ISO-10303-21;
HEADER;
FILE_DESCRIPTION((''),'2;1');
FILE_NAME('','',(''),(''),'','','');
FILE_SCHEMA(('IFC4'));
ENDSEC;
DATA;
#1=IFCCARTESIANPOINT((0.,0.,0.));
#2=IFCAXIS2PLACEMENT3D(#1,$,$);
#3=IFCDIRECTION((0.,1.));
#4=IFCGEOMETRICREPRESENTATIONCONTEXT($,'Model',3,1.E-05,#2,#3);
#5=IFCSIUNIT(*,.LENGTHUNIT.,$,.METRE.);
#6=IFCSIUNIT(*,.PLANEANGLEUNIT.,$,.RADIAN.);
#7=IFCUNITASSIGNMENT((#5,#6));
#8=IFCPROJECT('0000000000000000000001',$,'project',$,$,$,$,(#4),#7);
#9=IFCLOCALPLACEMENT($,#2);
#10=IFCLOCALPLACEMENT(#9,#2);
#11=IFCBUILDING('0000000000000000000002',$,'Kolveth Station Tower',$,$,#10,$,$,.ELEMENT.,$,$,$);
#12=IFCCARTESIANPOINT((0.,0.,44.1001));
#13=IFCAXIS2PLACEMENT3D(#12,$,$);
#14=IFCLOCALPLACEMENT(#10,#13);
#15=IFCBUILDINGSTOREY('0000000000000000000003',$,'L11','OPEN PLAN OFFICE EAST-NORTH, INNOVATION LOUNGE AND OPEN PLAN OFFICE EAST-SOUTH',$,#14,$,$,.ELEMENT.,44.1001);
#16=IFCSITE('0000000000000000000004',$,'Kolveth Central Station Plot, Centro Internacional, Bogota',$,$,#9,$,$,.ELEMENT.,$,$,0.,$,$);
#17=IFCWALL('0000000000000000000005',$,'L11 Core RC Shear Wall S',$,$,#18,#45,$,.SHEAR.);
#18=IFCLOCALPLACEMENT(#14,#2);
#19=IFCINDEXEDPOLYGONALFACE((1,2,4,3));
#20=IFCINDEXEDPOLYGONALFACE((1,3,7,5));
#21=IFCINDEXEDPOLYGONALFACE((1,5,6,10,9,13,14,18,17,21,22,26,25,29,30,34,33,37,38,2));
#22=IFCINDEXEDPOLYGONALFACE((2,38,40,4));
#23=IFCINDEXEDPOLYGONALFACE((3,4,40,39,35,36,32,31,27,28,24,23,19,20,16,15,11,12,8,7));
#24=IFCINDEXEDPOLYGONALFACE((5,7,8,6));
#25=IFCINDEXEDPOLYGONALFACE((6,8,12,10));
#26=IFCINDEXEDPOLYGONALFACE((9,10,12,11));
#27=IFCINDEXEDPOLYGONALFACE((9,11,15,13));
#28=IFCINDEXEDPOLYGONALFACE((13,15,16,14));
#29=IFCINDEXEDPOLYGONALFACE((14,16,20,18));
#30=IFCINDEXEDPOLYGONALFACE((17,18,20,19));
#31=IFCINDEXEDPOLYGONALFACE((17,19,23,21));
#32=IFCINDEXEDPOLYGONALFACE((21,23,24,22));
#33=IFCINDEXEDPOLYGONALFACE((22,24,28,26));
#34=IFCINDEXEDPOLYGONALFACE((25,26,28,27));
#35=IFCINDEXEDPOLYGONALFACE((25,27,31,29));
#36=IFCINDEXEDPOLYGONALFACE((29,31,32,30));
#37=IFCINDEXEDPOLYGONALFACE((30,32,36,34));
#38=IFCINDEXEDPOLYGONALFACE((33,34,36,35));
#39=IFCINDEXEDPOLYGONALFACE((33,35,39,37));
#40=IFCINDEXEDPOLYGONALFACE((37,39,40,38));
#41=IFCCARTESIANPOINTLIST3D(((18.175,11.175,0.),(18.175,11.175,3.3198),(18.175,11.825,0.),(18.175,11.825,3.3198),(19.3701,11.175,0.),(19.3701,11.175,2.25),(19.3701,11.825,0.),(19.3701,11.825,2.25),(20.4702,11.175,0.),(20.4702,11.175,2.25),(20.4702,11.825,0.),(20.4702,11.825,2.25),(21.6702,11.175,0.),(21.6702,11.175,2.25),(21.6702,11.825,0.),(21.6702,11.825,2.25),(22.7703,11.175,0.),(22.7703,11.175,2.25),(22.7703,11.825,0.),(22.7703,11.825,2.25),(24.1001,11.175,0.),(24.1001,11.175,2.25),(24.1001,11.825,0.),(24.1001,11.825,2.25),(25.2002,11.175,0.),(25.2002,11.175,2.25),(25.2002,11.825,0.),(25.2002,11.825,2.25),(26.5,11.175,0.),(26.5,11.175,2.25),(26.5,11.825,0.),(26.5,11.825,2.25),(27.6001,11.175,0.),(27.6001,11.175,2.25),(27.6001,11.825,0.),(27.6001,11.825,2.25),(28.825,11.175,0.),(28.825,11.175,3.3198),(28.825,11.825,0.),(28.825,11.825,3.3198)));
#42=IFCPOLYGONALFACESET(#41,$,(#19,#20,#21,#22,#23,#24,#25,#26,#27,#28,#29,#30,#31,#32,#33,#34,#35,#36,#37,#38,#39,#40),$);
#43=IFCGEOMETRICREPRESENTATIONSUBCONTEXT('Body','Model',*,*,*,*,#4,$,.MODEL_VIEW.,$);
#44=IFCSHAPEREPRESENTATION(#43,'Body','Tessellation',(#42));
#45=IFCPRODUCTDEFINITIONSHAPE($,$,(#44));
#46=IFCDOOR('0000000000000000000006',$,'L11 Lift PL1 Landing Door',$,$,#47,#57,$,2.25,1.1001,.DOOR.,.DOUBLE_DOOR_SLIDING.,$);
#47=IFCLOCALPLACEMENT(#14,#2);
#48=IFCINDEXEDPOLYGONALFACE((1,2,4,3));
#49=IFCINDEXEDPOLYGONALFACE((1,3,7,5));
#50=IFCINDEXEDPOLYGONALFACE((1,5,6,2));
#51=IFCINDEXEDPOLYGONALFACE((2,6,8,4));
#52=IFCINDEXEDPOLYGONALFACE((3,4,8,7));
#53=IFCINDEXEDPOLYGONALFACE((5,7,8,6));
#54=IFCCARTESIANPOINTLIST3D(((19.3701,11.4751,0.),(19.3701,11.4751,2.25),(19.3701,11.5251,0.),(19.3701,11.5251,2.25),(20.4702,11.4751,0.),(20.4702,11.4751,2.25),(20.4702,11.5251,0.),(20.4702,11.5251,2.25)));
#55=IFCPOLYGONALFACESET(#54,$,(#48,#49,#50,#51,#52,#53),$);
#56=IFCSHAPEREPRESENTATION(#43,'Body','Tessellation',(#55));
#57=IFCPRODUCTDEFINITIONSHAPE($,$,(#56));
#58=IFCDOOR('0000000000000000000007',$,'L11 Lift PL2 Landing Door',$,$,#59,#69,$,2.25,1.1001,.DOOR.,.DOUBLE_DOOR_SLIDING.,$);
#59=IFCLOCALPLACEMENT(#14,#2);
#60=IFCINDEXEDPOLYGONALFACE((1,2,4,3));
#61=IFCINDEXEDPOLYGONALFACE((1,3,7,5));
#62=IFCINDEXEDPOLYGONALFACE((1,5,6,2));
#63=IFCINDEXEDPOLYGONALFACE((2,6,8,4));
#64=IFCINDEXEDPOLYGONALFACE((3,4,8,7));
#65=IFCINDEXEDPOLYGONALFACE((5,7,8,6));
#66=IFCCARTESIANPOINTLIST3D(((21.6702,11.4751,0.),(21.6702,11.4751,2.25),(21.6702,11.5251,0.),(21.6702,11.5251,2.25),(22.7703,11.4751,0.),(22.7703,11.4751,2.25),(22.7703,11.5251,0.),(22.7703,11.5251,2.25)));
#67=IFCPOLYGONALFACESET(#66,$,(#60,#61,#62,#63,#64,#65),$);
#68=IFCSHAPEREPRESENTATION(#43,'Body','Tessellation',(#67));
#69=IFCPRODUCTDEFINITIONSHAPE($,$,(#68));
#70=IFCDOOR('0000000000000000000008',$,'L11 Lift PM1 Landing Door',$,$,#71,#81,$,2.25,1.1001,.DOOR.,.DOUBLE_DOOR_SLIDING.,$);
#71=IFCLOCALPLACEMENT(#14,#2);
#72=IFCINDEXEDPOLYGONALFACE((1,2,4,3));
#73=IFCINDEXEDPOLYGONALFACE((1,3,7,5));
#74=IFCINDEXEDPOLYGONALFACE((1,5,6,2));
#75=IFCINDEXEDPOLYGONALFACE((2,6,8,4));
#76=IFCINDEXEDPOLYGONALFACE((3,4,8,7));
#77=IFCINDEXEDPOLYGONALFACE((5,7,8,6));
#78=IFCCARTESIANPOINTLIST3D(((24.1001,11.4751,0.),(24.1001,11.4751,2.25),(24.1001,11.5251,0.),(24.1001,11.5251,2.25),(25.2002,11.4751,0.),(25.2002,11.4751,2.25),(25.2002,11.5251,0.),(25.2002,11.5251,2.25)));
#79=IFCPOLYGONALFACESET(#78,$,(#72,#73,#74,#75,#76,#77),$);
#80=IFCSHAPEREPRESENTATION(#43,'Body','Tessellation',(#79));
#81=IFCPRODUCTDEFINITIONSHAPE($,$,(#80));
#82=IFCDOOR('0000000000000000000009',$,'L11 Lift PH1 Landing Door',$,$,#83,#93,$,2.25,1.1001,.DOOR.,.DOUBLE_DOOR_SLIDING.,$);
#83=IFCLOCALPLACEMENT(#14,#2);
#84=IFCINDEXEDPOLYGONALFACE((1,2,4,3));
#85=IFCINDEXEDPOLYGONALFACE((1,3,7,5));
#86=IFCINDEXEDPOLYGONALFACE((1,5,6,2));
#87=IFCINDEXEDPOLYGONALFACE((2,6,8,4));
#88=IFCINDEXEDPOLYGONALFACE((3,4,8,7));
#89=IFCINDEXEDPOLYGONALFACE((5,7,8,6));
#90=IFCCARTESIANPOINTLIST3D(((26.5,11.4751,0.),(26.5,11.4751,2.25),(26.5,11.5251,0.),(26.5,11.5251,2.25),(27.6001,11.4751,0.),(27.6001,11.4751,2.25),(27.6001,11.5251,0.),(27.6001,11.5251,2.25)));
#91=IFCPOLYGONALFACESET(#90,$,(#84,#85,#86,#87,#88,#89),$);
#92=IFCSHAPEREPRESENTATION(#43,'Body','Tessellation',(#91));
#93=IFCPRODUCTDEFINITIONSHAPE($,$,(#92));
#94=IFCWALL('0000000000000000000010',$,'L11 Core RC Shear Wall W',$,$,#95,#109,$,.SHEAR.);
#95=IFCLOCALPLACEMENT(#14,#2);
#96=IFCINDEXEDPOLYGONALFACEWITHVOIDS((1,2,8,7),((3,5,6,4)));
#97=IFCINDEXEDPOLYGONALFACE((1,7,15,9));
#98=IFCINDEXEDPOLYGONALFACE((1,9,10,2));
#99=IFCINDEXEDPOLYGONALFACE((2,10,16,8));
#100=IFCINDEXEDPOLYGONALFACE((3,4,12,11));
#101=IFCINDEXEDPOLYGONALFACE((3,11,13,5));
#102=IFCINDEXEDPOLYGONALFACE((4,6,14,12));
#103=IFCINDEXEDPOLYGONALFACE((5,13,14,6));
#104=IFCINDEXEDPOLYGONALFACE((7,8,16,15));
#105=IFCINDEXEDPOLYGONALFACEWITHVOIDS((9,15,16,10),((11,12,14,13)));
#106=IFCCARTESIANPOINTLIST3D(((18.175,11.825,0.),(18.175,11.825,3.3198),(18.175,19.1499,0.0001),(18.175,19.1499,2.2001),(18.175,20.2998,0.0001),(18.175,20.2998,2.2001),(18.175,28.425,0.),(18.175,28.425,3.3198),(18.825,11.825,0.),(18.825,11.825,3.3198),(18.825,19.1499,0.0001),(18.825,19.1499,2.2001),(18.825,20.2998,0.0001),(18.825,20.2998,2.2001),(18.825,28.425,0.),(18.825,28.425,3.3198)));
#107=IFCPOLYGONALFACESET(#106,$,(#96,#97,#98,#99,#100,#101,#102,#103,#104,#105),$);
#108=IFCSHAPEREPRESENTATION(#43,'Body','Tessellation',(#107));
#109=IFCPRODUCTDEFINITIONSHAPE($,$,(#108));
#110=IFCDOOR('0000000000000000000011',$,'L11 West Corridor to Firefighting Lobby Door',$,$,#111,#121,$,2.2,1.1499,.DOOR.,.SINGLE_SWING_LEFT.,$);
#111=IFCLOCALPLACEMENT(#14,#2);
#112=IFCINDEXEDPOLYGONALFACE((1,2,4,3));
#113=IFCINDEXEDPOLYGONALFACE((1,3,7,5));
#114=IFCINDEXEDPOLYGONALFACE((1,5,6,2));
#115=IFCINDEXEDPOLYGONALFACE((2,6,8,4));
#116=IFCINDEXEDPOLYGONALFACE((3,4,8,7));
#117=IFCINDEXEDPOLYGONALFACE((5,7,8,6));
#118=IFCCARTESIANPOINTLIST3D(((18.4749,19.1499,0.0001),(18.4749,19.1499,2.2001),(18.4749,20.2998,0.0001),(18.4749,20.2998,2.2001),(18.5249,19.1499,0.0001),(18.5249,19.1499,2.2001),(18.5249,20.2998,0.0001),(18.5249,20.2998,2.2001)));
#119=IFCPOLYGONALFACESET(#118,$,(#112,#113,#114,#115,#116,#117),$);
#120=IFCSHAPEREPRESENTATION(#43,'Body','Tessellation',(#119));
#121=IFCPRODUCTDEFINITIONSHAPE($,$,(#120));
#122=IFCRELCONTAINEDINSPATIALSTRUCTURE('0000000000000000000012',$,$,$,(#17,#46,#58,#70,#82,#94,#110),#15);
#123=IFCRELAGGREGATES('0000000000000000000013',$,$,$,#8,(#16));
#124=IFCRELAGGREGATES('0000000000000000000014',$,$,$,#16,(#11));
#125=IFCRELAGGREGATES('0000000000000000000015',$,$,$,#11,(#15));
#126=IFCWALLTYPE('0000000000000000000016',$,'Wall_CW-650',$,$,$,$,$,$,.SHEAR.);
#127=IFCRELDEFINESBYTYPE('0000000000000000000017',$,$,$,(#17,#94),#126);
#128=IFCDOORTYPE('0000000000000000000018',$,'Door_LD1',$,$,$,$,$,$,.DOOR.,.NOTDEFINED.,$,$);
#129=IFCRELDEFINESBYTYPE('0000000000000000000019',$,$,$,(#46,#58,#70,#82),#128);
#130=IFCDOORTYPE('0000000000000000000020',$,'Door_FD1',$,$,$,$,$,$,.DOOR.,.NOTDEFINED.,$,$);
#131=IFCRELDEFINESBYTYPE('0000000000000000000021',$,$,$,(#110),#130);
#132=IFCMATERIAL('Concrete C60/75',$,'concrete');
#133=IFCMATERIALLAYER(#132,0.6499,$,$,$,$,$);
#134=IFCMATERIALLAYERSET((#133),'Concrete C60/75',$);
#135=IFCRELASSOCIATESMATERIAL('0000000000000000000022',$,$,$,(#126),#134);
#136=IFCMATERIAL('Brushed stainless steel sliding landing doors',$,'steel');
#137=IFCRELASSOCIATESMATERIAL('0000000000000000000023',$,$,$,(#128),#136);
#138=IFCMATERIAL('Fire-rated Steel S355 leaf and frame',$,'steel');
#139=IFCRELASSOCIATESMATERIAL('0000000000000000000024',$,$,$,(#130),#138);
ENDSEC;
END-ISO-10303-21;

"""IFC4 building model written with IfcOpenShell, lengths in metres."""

from ifc_helpers import new_model, si_unit, direction, frame, frame_2d, origin, place, context, subcontext, project, spatial, rectangle, extrude, material, layer, layer_set, type_object, element, fill, save


model = new_model("IFC4")

# Units and contexts
model_context = context("Model", 3, precision=1e-05, world=origin(), true_north=direction((0.0, 1.0)))
body_context = subcontext(model_context, "Body", "Model", "MODEL_VIEW")
ifc_project = project(units=[si_unit("LENGTHUNIT", "METRE"), si_unit("PLANEANGLEUNIT", "RADIAN")], contexts=[model_context])

# Site, building, storey
site_placement = place(None, origin())
site = spatial("IfcSite", under=ifc_project, at=site_placement, Name="Kolveth Central Station Plot, Centro Internacional, Bogota", CompositionType="ELEMENT", RefElevation=0.0)
building_placement = place(site_placement, origin())
building = spatial("IfcBuilding", under=site, at=building_placement, Name="Kolveth Station Tower", CompositionType="ELEMENT")
storey_placement = place(building_placement, frame((0.0, 0.0, 44.1001)))
storey = spatial("IfcBuildingStorey", under=building, at=storey_placement, Name="L11", Description="OPEN PLAN OFFICE EAST-NORTH, INNOVATION LOUNGE AND OPEN PLAN OFFICE EAST-SOUTH", CompositionType="ELEMENT", Elevation=44.1001)

# Wall, openings, doors
ifc_material_1 = material(Name="Concrete C60/75", Category="concrete")
ifc_layer_1 = layer(ifc_material_1, 0.6499)
ifc_layer_set_1 = layer_set([ifc_layer_1], Name="Concrete C60/75")
wall_type_1 = type_object("IfcWallType", Name="Wall_CW-650", PredefinedType="SHEAR", material=ifc_layer_set_1)
wall_1_placement = place(storey_placement, frame((18.175, 11.5, 0.0), z_axis=(0.0, 0.0, 1.0), x_axis=(1.0, 0.0, 0.0)))
wall_1 = element("IfcWall", 1, at=wall_1_placement, inside=storey, type_object=wall_type_1, Name="L11 Core RC Shear Wall S", PredefinedType="SHEAR", context=body_context, shape_type="SweptSolid", body=[
    extrude(rectangle(XDim=10.6499, YDim=0.6499, at=frame_2d((5.325, 0.0))), origin(), (0.0, 0.0, 1.0), 3.3198),
])
opening_1_placement = place(wall_1_placement, frame((1.1951, 0.0, 0.0)))
opening_1 = element("IfcOpeningElement", 2, at=opening_1_placement, cuts=wall_1, PredefinedType="OPENING", context=body_context, shape_type="SweptSolid", body=[
    extrude(rectangle(XDim=1.1001, YDim=2.25, at=frame_2d((0.55, 1.125))), frame((0.0, 0.335, 0.0), z_axis=(0.0, -1.0, 0.0), x_axis=(1.0, 0.0, 0.0)), (0.0, 0.0, 1.0), 0.6699),
])
opening_2_placement = place(wall_1_placement, frame((3.4951, 0.0, 0.0)))
opening_2 = element("IfcOpeningElement", 3, at=opening_2_placement, cuts=wall_1, PredefinedType="OPENING", context=body_context, shape_type="SweptSolid", body=[
    extrude(rectangle(XDim=1.1001, YDim=2.25, at=frame_2d((0.55, 1.125))), frame((0.0, 0.335, 0.0), z_axis=(0.0, -1.0, 0.0), x_axis=(1.0, 0.0, 0.0)), (0.0, 0.0, 1.0), 0.6699),
])
opening_3_placement = place(wall_1_placement, frame((5.925, 0.0, 0.0)))
opening_3 = element("IfcOpeningElement", 4, at=opening_3_placement, cuts=wall_1, PredefinedType="OPENING", context=body_context, shape_type="SweptSolid", body=[
    extrude(rectangle(XDim=1.1001, YDim=2.25, at=frame_2d((0.55, 1.125))), frame((0.0, 0.335, 0.0), z_axis=(0.0, -1.0, 0.0), x_axis=(1.0, 0.0, 0.0)), (0.0, 0.0, 1.0), 0.6699),
])
opening_4_placement = place(wall_1_placement, frame((8.325, 0.0, 0.0)))
opening_4 = element("IfcOpeningElement", 5, at=opening_4_placement, cuts=wall_1, PredefinedType="OPENING", context=body_context, shape_type="SweptSolid", body=[
    extrude(rectangle(XDim=1.1001, YDim=2.25, at=frame_2d((0.55, 1.125))), frame((0.0, 0.335, 0.0), z_axis=(0.0, -1.0, 0.0), x_axis=(1.0, 0.0, 0.0)), (0.0, 0.0, 1.0), 0.6699),
])
ifc_material_2 = material(Name="Brushed stainless steel sliding landing doors", Category="steel")
door_type_1 = type_object("IfcDoorType", Name="Door_LD1", OperationType="NOTDEFINED", PredefinedType="DOOR", material=ifc_material_2)
door_1_placement = place(opening_1_placement, frame((1.1001, 0.0, 0.0), z_axis=(0.0, 0.0, 1.0), x_axis=(-1.0, 0.0, 0.0)))
door_1 = element("IfcDoor", 6, at=door_1_placement, inside=storey, type_object=door_type_1, Name="L11 Lift PL1 Landing Door", OperationType="DOUBLE_DOOR_SLIDING", OverallHeight=2.25, OverallWidth=1.1001, PredefinedType="DOOR", context=body_context, shape_type="SweptSolid", body=[
    extrude(rectangle(XDim=1.1001, YDim=2.25, at=frame_2d((0.55, 1.125))), frame((0.0, 0.0249, 0.0), z_axis=(0.0, -1.0, 0.0), x_axis=(1.0, 0.0, 0.0)), (0.0, 0.0, 1.0), 0.05),
])
fill(opening_1, door_1)
door_2_placement = place(opening_2_placement, frame((1.1001, 0.0, 0.0), z_axis=(0.0, 0.0, 1.0), x_axis=(-1.0, 0.0, 0.0)))
door_2 = element("IfcDoor", 7, at=door_2_placement, inside=storey, type_object=door_type_1, Name="L11 Lift PL2 Landing Door", OperationType="DOUBLE_DOOR_SLIDING", OverallHeight=2.25, OverallWidth=1.1001, PredefinedType="DOOR", context=body_context, shape_type="SweptSolid", body=[
    extrude(rectangle(XDim=1.1001, YDim=2.25, at=frame_2d((0.55, 1.125))), frame((0.0, 0.0249, 0.0), z_axis=(0.0, -1.0, 0.0), x_axis=(1.0, 0.0, 0.0)), (0.0, 0.0, 1.0), 0.05),
])
fill(opening_2, door_2)
door_3_placement = place(opening_3_placement, frame((1.1001, 0.0, 0.0), z_axis=(0.0, 0.0, 1.0), x_axis=(-1.0, 0.0, 0.0)))
door_3 = element("IfcDoor", 8, at=door_3_placement, inside=storey, type_object=door_type_1, Name="L11 Lift PM1 Landing Door", OperationType="DOUBLE_DOOR_SLIDING", OverallHeight=2.25, OverallWidth=1.1001, PredefinedType="DOOR", context=body_context, shape_type="SweptSolid", body=[
    extrude(rectangle(XDim=1.1001, YDim=2.25, at=frame_2d((0.55, 1.125))), frame((0.0, 0.0249, 0.0), z_axis=(0.0, -1.0, 0.0), x_axis=(1.0, 0.0, 0.0)), (0.0, 0.0, 1.0), 0.05),
])
fill(opening_3, door_3)
door_4_placement = place(opening_4_placement, frame((1.1001, 0.0, 0.0), z_axis=(0.0, 0.0, 1.0), x_axis=(-1.0, 0.0, 0.0)))
door_4 = element("IfcDoor", 9, at=door_4_placement, inside=storey, type_object=door_type_1, Name="L11 Lift PH1 Landing Door", OperationType="DOUBLE_DOOR_SLIDING", OverallHeight=2.25, OverallWidth=1.1001, PredefinedType="DOOR", context=body_context, shape_type="SweptSolid", body=[
    extrude(rectangle(XDim=1.1001, YDim=2.25, at=frame_2d((0.55, 1.125))), frame((0.0, 0.0249, 0.0), z_axis=(0.0, -1.0, 0.0), x_axis=(1.0, 0.0, 0.0)), (0.0, 0.0, 1.0), 0.05),
])
fill(opening_4, door_4)

# Wall, opening, door
wall_2_placement = place(storey_placement, frame((18.5, 11.825, 0.0), z_axis=(0.0, 0.0, 1.0), x_axis=(0.0, 1.0, 0.0)))
wall_2 = element("IfcWall", 10, at=wall_2_placement, inside=storey, type_object=wall_type_1, Name="L11 Core RC Shear Wall W", PredefinedType="SHEAR", context=body_context, shape_type="SweptSolid", body=[
    extrude(rectangle(XDim=16.6001, YDim=0.6499, at=frame_2d((8.3, 0.0))), origin(), (0.0, 0.0, 1.0), 3.3198),
])
opening_5_placement = place(wall_2_placement, frame((7.325, 0.0, 0.0)))
opening_5 = element("IfcOpeningElement", 11, at=opening_5_placement, cuts=wall_2, PredefinedType="OPENING", context=body_context, shape_type="SweptSolid", body=[
    extrude(rectangle(XDim=1.1499, YDim=2.2, at=frame_2d((0.575, 1.1001))), frame((0.0, 0.335, 0.0), z_axis=(0.0, -1.0, 0.0), x_axis=(1.0, 0.0, 0.0)), (0.0, 0.0, 1.0), 0.6699),
])
ifc_material_3 = material(Name="Fire-rated Steel S355 leaf and frame", Category="steel")
door_type_2 = type_object("IfcDoorType", Name="Door_FD1", OperationType="NOTDEFINED", PredefinedType="DOOR", material=ifc_material_3)
door_5_placement = place(opening_5_placement, frame((1.1499, 0.0, 0.0), z_axis=(0.0, 0.0, 1.0), x_axis=(-1.0, 0.0, 0.0)))
door_5 = element("IfcDoor", 12, at=door_5_placement, inside=storey, type_object=door_type_2, Name="L11 West Corridor to Firefighting Lobby Door", OperationType="SINGLE_SWING_LEFT", OverallHeight=2.2, OverallWidth=1.1499, PredefinedType="DOOR", context=body_context, shape_type="SweptSolid", body=[
    extrude(rectangle(XDim=1.1499, YDim=2.2, at=frame_2d((0.575, 1.1001))), frame((0.0, 0.0249, 0.0), z_axis=(0.0, -1.0, 0.0), x_axis=(1.0, 0.0, 0.0)), (0.0, 0.0, 1.0), 0.05),
])
fill(opening_5, door_5)

save(model, "model.ifc")
